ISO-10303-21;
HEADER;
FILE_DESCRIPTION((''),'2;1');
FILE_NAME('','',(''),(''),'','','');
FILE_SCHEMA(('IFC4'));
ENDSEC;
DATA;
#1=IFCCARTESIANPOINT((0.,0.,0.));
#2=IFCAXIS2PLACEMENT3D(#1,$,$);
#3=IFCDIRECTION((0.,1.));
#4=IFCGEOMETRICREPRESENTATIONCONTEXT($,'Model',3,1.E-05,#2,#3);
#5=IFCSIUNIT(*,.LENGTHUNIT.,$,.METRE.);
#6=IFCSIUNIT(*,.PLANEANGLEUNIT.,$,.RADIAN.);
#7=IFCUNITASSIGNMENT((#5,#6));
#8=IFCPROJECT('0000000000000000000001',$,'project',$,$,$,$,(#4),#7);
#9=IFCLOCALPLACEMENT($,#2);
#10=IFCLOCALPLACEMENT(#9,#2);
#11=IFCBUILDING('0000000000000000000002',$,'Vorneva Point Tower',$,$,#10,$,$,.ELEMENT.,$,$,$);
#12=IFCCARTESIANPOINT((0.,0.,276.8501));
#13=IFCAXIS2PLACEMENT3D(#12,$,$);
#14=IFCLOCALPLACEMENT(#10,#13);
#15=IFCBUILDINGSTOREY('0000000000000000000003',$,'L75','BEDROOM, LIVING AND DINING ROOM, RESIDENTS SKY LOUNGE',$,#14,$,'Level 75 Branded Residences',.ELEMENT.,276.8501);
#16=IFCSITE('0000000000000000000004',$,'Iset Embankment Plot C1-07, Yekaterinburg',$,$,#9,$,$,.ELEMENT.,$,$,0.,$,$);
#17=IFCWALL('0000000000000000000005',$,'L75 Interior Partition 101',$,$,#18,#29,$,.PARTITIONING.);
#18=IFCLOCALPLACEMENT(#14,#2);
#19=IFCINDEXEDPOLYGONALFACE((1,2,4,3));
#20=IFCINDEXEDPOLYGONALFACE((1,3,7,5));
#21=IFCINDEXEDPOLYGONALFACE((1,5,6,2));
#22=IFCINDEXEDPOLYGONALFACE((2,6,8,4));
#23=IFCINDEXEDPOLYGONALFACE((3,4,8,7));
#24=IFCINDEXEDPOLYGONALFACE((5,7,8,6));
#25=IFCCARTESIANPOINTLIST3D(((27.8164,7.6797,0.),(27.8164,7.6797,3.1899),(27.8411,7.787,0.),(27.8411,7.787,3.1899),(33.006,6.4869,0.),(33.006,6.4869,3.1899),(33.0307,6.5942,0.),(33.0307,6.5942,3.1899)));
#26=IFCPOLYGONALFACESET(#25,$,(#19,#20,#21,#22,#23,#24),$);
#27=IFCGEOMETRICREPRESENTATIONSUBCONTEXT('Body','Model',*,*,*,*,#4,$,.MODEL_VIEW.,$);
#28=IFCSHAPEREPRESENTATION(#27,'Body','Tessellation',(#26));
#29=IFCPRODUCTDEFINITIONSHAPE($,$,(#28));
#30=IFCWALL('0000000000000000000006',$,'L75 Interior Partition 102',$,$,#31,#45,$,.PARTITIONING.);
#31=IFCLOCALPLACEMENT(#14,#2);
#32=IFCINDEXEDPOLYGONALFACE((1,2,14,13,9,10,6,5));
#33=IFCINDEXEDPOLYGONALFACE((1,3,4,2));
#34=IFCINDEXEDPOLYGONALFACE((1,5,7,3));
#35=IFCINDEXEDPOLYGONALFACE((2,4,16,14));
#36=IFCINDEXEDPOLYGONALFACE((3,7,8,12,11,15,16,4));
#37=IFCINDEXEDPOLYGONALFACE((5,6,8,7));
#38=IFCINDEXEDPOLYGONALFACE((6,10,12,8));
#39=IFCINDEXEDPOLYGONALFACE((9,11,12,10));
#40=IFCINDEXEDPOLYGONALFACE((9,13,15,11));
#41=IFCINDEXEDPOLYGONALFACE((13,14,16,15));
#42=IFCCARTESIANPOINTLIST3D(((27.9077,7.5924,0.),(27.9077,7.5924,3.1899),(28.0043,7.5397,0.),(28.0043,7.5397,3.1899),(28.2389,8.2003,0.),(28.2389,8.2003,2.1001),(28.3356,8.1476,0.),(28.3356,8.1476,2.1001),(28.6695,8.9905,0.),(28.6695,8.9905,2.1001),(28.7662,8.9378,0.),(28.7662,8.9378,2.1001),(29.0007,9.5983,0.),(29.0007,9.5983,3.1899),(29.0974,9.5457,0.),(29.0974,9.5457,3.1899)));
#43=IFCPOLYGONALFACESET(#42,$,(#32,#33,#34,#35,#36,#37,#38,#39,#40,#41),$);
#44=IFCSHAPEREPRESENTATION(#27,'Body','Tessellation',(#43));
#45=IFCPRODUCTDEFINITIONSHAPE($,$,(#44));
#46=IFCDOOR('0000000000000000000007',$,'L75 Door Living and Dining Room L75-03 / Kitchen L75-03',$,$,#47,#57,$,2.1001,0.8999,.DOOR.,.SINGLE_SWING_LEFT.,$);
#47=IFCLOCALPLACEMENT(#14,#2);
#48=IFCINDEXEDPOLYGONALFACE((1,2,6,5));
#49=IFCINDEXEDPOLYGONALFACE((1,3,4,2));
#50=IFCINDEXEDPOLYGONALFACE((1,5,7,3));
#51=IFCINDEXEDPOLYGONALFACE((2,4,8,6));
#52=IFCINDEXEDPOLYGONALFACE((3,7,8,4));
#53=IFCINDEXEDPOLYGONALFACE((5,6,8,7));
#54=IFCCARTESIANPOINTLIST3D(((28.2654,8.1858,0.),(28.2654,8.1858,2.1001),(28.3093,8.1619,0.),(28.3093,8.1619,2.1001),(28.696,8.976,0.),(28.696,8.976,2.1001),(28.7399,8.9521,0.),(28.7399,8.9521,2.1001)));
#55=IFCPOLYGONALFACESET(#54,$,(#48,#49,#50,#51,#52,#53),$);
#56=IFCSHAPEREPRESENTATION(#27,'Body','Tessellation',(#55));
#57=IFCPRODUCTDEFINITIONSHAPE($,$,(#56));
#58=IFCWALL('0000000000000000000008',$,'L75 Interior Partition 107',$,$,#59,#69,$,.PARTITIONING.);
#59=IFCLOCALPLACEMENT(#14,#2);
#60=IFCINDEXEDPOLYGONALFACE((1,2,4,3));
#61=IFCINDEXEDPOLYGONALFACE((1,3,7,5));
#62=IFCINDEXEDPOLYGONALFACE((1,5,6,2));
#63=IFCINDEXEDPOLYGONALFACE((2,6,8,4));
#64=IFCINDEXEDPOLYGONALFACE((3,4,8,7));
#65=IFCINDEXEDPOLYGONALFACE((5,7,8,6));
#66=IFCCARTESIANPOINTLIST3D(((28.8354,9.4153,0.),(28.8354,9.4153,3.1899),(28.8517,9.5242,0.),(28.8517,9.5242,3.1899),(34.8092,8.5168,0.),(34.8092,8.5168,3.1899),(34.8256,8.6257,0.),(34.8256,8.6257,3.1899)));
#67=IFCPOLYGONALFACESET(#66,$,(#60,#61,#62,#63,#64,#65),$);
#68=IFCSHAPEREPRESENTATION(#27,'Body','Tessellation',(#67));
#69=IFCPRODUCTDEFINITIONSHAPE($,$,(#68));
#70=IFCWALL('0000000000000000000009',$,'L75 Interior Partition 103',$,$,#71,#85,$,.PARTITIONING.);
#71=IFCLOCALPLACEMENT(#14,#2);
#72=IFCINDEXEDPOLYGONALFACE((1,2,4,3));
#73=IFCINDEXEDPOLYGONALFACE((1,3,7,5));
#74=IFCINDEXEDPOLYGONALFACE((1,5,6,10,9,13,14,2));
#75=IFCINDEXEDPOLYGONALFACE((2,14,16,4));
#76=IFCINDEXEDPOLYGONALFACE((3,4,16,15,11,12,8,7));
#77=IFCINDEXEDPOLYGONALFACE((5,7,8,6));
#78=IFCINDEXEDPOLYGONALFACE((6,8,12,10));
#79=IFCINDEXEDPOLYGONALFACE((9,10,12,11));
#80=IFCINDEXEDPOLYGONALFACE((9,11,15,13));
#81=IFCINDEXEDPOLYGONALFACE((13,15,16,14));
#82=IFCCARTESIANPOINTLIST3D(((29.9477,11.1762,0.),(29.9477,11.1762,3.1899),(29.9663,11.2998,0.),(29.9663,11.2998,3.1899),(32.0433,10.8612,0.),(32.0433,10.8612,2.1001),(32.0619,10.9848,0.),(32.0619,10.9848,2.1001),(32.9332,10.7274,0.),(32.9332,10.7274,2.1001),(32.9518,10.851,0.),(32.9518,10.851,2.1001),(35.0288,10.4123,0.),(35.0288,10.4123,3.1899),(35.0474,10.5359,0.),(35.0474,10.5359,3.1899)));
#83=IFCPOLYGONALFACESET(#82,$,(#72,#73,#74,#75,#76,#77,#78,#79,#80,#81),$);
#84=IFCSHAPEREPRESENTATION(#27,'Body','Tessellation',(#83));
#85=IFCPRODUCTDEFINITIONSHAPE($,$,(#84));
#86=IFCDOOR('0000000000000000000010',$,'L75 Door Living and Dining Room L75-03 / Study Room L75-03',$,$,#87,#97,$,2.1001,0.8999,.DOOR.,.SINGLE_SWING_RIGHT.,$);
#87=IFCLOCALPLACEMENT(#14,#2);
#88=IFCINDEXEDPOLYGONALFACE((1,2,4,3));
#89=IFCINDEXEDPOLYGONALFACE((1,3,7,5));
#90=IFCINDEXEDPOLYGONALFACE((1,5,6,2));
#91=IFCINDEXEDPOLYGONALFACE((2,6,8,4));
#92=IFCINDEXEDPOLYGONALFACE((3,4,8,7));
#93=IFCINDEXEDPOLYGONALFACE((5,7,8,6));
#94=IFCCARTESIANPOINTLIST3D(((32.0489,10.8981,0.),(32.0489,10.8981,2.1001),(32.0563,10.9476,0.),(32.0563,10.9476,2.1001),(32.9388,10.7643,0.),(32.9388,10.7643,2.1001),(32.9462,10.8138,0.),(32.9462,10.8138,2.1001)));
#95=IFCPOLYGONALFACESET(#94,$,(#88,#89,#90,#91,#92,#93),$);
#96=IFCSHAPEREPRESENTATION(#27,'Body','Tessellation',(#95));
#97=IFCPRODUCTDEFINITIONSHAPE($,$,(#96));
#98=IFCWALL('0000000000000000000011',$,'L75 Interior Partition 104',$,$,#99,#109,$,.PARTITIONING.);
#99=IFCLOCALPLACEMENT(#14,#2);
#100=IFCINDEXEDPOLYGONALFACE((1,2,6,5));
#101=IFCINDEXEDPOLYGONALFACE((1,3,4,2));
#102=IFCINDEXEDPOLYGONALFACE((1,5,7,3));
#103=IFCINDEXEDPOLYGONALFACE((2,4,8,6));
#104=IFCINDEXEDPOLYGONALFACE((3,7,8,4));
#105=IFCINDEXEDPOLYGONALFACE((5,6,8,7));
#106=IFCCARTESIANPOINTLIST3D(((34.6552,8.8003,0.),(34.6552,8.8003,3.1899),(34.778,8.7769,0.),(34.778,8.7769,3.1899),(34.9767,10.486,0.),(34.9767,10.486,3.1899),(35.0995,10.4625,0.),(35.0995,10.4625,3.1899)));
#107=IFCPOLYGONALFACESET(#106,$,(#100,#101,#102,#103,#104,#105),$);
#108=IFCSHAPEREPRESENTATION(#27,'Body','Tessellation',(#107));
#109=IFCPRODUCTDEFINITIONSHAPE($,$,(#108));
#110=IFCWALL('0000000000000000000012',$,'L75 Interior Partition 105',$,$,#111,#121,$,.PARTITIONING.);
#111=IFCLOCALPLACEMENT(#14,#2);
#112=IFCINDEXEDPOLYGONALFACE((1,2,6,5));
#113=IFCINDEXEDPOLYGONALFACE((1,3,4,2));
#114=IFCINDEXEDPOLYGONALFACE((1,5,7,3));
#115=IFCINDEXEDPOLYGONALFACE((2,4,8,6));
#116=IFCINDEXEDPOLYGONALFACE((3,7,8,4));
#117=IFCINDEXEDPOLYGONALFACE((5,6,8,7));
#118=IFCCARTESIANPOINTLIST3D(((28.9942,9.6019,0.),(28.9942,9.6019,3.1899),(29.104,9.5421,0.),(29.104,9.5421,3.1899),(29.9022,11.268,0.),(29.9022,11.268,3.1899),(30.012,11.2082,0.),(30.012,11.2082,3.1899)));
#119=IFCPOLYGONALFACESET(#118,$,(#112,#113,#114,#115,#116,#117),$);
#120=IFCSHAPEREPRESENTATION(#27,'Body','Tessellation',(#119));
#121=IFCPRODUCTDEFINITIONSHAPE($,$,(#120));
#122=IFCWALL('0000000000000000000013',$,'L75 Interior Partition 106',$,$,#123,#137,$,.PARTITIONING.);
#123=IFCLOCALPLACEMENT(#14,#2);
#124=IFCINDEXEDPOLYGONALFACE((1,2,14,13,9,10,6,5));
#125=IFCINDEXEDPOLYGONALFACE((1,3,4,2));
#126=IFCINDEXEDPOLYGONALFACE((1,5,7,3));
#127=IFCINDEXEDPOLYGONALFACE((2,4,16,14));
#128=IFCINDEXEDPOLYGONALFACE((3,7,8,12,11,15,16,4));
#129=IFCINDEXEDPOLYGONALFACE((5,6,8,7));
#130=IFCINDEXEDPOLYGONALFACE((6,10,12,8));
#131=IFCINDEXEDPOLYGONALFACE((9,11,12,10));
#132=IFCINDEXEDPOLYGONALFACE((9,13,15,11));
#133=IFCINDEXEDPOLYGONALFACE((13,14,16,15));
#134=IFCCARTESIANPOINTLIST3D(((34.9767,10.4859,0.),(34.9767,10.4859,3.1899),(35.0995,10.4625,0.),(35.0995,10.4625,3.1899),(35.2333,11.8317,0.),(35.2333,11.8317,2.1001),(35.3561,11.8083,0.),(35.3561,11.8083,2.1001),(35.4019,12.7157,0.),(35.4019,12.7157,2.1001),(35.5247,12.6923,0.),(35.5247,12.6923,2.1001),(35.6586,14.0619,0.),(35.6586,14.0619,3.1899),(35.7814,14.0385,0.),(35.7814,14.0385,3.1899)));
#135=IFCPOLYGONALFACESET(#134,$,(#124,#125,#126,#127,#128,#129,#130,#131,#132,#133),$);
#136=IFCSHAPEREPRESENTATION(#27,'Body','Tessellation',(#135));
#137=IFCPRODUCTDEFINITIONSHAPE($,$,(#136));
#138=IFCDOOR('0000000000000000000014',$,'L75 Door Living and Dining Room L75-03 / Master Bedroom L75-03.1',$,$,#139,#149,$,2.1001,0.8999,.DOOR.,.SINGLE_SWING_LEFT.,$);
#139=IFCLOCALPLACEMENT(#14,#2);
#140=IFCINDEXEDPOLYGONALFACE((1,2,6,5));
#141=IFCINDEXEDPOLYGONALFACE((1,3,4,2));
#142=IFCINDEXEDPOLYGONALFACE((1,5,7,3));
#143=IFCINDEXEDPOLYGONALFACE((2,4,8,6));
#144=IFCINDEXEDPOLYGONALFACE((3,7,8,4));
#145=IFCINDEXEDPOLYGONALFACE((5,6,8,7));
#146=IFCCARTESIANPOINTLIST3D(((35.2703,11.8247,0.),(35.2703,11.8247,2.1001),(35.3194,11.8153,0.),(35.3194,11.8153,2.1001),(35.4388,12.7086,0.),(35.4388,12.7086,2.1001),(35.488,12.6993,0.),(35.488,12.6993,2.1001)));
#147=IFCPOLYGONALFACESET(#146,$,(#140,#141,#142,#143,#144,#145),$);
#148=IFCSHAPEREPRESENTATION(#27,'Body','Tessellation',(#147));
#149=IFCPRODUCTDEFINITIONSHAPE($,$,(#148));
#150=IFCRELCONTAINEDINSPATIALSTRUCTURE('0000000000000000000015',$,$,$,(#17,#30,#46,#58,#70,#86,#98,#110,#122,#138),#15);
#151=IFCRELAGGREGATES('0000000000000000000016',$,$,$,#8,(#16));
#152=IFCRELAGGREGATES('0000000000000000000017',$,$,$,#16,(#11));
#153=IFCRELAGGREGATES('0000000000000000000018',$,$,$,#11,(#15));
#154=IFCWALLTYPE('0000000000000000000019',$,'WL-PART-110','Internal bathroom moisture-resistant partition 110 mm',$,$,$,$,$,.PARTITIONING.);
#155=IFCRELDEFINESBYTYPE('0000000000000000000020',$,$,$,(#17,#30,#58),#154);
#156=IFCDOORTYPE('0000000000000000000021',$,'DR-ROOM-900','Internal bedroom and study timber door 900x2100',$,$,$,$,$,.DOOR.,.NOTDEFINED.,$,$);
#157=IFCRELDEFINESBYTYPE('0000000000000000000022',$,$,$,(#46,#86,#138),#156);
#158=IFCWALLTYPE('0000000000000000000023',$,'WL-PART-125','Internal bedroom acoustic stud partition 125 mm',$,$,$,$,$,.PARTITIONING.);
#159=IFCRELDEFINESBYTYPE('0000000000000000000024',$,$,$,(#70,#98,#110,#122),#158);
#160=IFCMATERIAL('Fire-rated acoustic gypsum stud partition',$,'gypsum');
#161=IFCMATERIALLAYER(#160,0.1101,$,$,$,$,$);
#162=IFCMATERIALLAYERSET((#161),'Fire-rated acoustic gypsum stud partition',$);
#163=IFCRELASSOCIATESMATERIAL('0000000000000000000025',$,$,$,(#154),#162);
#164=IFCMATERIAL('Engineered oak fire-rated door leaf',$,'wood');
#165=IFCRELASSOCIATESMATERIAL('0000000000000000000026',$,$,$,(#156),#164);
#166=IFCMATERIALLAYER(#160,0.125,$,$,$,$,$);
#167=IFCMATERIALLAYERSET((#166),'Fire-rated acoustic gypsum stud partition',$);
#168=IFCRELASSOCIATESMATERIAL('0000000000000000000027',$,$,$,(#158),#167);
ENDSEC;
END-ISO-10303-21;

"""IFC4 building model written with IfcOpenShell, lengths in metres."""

from ifc_helpers import new_model, si_unit, direction, frame, frame_2d, origin, place, context, subcontext, project, spatial, rectangle, extrude, material, layer, layer_set, type_object, element, fill, save


model = new_model("IFC4")

# Units and contexts
model_context = context("Model", 3, precision=1e-05, world=origin(), true_north=direction((0.0, 1.0)))
body_context = subcontext(model_context, "Body", "Model", "MODEL_VIEW")
ifc_project = project(units=[si_unit("LENGTHUNIT", "METRE"), si_unit("PLANEANGLEUNIT", "RADIAN")], contexts=[model_context])

# Site, building, storey
site_placement = place(None, origin())
site = spatial("IfcSite", under=ifc_project, at=site_placement, Name="Iset Embankment Plot C1-07, Yekaterinburg", CompositionType="ELEMENT", RefElevation=0.0)
building_placement = place(site_placement, origin())
building = spatial("IfcBuilding", under=site, at=building_placement, Name="Vorneva Point Tower", CompositionType="ELEMENT")
storey_placement = place(building_placement, frame((0.0, 0.0, 276.8501)))
storey = spatial("IfcBuildingStorey", under=building, at=storey_placement, Name="L75", Description="BEDROOM, LIVING AND DINING ROOM, RESIDENTS SKY LOUNGE", LongName="Level 75 Branded Residences", CompositionType="ELEMENT", Elevation=276.8501)

# Shared definitions
ifc_material_1 = material(Name="Fire-rated acoustic gypsum stud partition", Category="gypsum")
ifc_layer_1 = layer(ifc_material_1, 0.1101)
ifc_layer_set_1 = layer_set([ifc_layer_1], Name="Fire-rated acoustic gypsum stud partition")
wall_type_1 = type_object("IfcWallType", Name="WL-PART-110", Description="Internal bathroom moisture-resistant partition 110 mm", PredefinedType="PARTITIONING", material=ifc_layer_set_1)
ifc_material_2 = material(Name="Engineered oak fire-rated door leaf", Category="wood")

# Wall
wall_1_placement = place(storey_placement, frame((27.8286, 7.7334, 0.0), z_axis=(0.0, 0.0, 1.0), x_axis=(0.974586, -0.224012, 0.0)))
element("IfcWall", 1, at=wall_1_placement, inside=storey, type_object=wall_type_1, Name="L75 Interior Partition 101", PredefinedType="PARTITIONING", context=body_context, shape_type="SweptSolid", body=[
    extrude(rectangle(XDim=5.325, YDim=0.1101, at=frame_2d((2.6626, 0.0))), origin(), (0.0, 0.0, 1.0), 3.1899),
])

# Wall, opening, door
wall_2_placement = place(storey_placement, frame((27.9561, 7.5662, 0.0), z_axis=(0.0, 0.0, 1.0), x_axis=(0.478485, 0.878096, 0.0)))
wall_2 = element("IfcWall", 2, at=wall_2_placement, inside=storey, type_object=wall_type_1, Name="L75 Interior Partition 102", PredefinedType="PARTITIONING", context=body_context, shape_type="SweptSolid", body=[
    extrude(rectangle(XDim=2.2844, YDim=0.1101, at=frame_2d((1.1421, 0.0))), origin(), (0.0, 0.0, 1.0), 3.1899),
])
opening_1_placement = place(wall_2_placement, frame((0.6921, 0.0, 0.0)))
opening_1 = element("IfcOpeningElement", 3, at=opening_1_placement, cuts=wall_2, PredefinedType="OPENING", context=body_context, shape_type="SweptSolid", body=[
    extrude(rectangle(XDim=0.8999, YDim=2.1001, at=frame_2d((0.45, 1.05))), frame((0.0, 0.0698, 0.0), z_axis=(0.0, -1.0, 0.0), x_axis=(1.0, 0.0, 0.0)), (0.0, 0.0, 1.0), 0.1399),
])
door_type_1 = type_object("IfcDoorType", Name="DR-ROOM-900", Description="Internal bedroom and study timber door 900x2100", OperationType="NOTDEFINED", PredefinedType="DOOR", material=ifc_material_2)
door_1_placement = place(opening_1_placement, origin())
door_1 = element("IfcDoor", 4, at=door_1_placement, inside=storey, type_object=door_type_1, Name="L75 Door Living and Dining Room L75-03 / Kitchen L75-03", OperationType="SINGLE_SWING_LEFT", OverallHeight=2.1001, OverallWidth=0.8999, PredefinedType="DOOR", context=body_context, shape_type="SweptSolid", body=[
    extrude(rectangle(XDim=0.8999, YDim=2.1001, at=frame_2d((0.45, 1.05))), frame((0.0, 0.0249, 0.0), z_axis=(0.0, -1.0, 0.0), x_axis=(1.0, 0.0, 0.0)), (0.0, 0.0, 1.0), 0.05),
])
fill(opening_1, door_1)

# Wall
wall_3_placement = place(storey_placement, frame((34.8174, 8.5713, 0.0), z_axis=(0.0, 0.0, 1.0), x_axis=(-0.988879, 0.148722, 0.0)))
element("IfcWall", 5, at=wall_3_placement, inside=storey, type_object=wall_type_1, Name="L75 Interior Partition 107", PredefinedType="PARTITIONING", context=body_context, shape_type="SweptSolid", body=[
    extrude(rectangle(XDim=6.041, YDim=0.1101, at=frame_2d((3.0205, 0.0))), origin(), (0.0, 0.0, 1.0), 3.1899),
])

# Wall, opening, door
ifc_layer_2 = layer(ifc_material_1, 0.125)
ifc_layer_set_2 = layer_set([ifc_layer_2], Name="Fire-rated acoustic gypsum stud partition")
wall_type_2 = type_object("IfcWallType", Name="WL-PART-125", Description="Internal bedroom acoustic stud partition 125 mm", PredefinedType="PARTITIONING", material=ifc_layer_set_2)
wall_4_placement = place(storey_placement, frame((29.957, 11.238, 0.0), z_axis=(0.0, 0.0, 1.0), x_axis=(0.988886, -0.148675, 0.0)))
wall_4 = element("IfcWall", 6, at=wall_4_placement, inside=storey, type_object=wall_type_2, Name="L75 Interior Partition 103", PredefinedType="PARTITIONING", context=body_context, shape_type="SweptSolid", body=[
    extrude(rectangle(XDim=5.1382, YDim=0.125, at=frame_2d((2.5691, 0.0))), origin(), (0.0, 0.0, 1.0), 3.1899),
])
opening_2_placement = place(wall_4_placement, frame((2.1191, 0.0, 0.0)))
opening_2 = element("IfcOpeningElement", 7, at=opening_2_placement, cuts=wall_4, PredefinedType="OPENING", context=body_context, shape_type="SweptSolid", body=[
    extrude(rectangle(XDim=0.8999, YDim=2.1001, at=frame_2d((0.45, 1.05))), frame((0.0, 0.0774, 0.0), z_axis=(0.0, -1.0, 0.0), x_axis=(1.0, 0.0, 0.0)), (0.0, 0.0, 1.0), 0.1548),
])
door_2_placement = place(opening_2_placement, origin())
door_2 = element("IfcDoor", 8, at=door_2_placement, inside=storey, type_object=door_type_1, Name="L75 Door Living and Dining Room L75-03 / Study Room L75-03", OperationType="SINGLE_SWING_RIGHT", OverallHeight=2.1001, OverallWidth=0.8999, PredefinedType="DOOR", context=body_context, shape_type="SweptSolid", body=[
    extrude(rectangle(XDim=0.8999, YDim=2.1001, at=frame_2d((0.45, 1.05))), frame((0.0, 0.0249, 0.0), z_axis=(0.0, -1.0, 0.0), x_axis=(1.0, 0.0, 0.0)), (0.0, 0.0, 1.0), 0.05),
])
fill(opening_2, door_2)

# Walls
wall_5_placement = place(storey_placement, frame((35.0381, 10.4741, 0.0), z_axis=(0.0, 0.0, 1.0), x_axis=(-0.187354, -0.982292, 0.0)))
element("IfcWall", 9, at=wall_5_placement, inside=storey, type_object=wall_type_2, Name="L75 Interior Partition 104", PredefinedType="PARTITIONING", context=body_context, shape_type="SweptSolid", body=[
    extrude(rectangle(XDim=1.7161, YDim=0.125, at=frame_2d((0.8579, 0.0))), origin(), (0.0, 0.0, 1.0), 3.1899),
])
wall_6_placement = place(storey_placement, frame((29.0491, 9.572, 0.0), z_axis=(0.0, 0.0, 1.0), x_axis=(0.478537, 0.878068, 0.0)))
element("IfcWall", 10, at=wall_6_placement, inside=storey, type_object=wall_type_2, Name="L75 Interior Partition 105", PredefinedType="PARTITIONING", context=body_context, shape_type="SweptSolid", body=[
    extrude(rectangle(XDim=1.8975, YDim=0.125, at=frame_2d((0.9487, 0.0))), origin(), (0.0, 0.0, 1.0), 3.1899),
])

# Wall, opening, door
wall_7_placement = place(storey_placement, frame((35.0381, 10.4741, 0.0), z_axis=(0.0, 0.0, 1.0), x_axis=(0.187312, 0.9823, 0.0)))
wall_7 = element("IfcWall", 11, at=wall_7_placement, inside=storey, type_object=wall_type_2, Name="L75 Interior Partition 106", PredefinedType="PARTITIONING", context=body_context, shape_type="SweptSolid", body=[
    extrude(rectangle(XDim=3.6404, YDim=0.125, at=frame_2d((1.8203, 0.0))), origin(), (0.0, 0.0, 1.0), 3.1899),
])
opening_3_placement = place(wall_7_placement, frame((1.3701, 0.0, 0.0)))
opening_3 = element("IfcOpeningElement", 12, at=opening_3_placement, cuts=wall_7, PredefinedType="OPENING", context=body_context, shape_type="SweptSolid", body=[
    extrude(rectangle(XDim=0.8999, YDim=2.1001, at=frame_2d((0.45, 1.05))), frame((0.0, 0.0774, 0.0), z_axis=(0.0, -1.0, 0.0), x_axis=(1.0, 0.0, 0.0)), (0.0, 0.0, 1.0), 0.1548),
])
door_3_placement = place(opening_3_placement, origin())
door_3 = element("IfcDoor", 13, at=door_3_placement, inside=storey, type_object=door_type_1, Name="L75 Door Living and Dining Room L75-03 / Master Bedroom L75-03.1", OperationType="SINGLE_SWING_LEFT", OverallHeight=2.1001, OverallWidth=0.8999, PredefinedType="DOOR", context=body_context, shape_type="SweptSolid", body=[
    extrude(rectangle(XDim=0.8999, YDim=2.1001, at=frame_2d((0.45, 1.05))), frame((0.0, 0.0249, 0.0), z_axis=(0.0, -1.0, 0.0), x_axis=(1.0, 0.0, 0.0)), (0.0, 0.0, 1.0), 0.05),
])
fill(opening_3, door_3)

save(model, "model.ifc")
